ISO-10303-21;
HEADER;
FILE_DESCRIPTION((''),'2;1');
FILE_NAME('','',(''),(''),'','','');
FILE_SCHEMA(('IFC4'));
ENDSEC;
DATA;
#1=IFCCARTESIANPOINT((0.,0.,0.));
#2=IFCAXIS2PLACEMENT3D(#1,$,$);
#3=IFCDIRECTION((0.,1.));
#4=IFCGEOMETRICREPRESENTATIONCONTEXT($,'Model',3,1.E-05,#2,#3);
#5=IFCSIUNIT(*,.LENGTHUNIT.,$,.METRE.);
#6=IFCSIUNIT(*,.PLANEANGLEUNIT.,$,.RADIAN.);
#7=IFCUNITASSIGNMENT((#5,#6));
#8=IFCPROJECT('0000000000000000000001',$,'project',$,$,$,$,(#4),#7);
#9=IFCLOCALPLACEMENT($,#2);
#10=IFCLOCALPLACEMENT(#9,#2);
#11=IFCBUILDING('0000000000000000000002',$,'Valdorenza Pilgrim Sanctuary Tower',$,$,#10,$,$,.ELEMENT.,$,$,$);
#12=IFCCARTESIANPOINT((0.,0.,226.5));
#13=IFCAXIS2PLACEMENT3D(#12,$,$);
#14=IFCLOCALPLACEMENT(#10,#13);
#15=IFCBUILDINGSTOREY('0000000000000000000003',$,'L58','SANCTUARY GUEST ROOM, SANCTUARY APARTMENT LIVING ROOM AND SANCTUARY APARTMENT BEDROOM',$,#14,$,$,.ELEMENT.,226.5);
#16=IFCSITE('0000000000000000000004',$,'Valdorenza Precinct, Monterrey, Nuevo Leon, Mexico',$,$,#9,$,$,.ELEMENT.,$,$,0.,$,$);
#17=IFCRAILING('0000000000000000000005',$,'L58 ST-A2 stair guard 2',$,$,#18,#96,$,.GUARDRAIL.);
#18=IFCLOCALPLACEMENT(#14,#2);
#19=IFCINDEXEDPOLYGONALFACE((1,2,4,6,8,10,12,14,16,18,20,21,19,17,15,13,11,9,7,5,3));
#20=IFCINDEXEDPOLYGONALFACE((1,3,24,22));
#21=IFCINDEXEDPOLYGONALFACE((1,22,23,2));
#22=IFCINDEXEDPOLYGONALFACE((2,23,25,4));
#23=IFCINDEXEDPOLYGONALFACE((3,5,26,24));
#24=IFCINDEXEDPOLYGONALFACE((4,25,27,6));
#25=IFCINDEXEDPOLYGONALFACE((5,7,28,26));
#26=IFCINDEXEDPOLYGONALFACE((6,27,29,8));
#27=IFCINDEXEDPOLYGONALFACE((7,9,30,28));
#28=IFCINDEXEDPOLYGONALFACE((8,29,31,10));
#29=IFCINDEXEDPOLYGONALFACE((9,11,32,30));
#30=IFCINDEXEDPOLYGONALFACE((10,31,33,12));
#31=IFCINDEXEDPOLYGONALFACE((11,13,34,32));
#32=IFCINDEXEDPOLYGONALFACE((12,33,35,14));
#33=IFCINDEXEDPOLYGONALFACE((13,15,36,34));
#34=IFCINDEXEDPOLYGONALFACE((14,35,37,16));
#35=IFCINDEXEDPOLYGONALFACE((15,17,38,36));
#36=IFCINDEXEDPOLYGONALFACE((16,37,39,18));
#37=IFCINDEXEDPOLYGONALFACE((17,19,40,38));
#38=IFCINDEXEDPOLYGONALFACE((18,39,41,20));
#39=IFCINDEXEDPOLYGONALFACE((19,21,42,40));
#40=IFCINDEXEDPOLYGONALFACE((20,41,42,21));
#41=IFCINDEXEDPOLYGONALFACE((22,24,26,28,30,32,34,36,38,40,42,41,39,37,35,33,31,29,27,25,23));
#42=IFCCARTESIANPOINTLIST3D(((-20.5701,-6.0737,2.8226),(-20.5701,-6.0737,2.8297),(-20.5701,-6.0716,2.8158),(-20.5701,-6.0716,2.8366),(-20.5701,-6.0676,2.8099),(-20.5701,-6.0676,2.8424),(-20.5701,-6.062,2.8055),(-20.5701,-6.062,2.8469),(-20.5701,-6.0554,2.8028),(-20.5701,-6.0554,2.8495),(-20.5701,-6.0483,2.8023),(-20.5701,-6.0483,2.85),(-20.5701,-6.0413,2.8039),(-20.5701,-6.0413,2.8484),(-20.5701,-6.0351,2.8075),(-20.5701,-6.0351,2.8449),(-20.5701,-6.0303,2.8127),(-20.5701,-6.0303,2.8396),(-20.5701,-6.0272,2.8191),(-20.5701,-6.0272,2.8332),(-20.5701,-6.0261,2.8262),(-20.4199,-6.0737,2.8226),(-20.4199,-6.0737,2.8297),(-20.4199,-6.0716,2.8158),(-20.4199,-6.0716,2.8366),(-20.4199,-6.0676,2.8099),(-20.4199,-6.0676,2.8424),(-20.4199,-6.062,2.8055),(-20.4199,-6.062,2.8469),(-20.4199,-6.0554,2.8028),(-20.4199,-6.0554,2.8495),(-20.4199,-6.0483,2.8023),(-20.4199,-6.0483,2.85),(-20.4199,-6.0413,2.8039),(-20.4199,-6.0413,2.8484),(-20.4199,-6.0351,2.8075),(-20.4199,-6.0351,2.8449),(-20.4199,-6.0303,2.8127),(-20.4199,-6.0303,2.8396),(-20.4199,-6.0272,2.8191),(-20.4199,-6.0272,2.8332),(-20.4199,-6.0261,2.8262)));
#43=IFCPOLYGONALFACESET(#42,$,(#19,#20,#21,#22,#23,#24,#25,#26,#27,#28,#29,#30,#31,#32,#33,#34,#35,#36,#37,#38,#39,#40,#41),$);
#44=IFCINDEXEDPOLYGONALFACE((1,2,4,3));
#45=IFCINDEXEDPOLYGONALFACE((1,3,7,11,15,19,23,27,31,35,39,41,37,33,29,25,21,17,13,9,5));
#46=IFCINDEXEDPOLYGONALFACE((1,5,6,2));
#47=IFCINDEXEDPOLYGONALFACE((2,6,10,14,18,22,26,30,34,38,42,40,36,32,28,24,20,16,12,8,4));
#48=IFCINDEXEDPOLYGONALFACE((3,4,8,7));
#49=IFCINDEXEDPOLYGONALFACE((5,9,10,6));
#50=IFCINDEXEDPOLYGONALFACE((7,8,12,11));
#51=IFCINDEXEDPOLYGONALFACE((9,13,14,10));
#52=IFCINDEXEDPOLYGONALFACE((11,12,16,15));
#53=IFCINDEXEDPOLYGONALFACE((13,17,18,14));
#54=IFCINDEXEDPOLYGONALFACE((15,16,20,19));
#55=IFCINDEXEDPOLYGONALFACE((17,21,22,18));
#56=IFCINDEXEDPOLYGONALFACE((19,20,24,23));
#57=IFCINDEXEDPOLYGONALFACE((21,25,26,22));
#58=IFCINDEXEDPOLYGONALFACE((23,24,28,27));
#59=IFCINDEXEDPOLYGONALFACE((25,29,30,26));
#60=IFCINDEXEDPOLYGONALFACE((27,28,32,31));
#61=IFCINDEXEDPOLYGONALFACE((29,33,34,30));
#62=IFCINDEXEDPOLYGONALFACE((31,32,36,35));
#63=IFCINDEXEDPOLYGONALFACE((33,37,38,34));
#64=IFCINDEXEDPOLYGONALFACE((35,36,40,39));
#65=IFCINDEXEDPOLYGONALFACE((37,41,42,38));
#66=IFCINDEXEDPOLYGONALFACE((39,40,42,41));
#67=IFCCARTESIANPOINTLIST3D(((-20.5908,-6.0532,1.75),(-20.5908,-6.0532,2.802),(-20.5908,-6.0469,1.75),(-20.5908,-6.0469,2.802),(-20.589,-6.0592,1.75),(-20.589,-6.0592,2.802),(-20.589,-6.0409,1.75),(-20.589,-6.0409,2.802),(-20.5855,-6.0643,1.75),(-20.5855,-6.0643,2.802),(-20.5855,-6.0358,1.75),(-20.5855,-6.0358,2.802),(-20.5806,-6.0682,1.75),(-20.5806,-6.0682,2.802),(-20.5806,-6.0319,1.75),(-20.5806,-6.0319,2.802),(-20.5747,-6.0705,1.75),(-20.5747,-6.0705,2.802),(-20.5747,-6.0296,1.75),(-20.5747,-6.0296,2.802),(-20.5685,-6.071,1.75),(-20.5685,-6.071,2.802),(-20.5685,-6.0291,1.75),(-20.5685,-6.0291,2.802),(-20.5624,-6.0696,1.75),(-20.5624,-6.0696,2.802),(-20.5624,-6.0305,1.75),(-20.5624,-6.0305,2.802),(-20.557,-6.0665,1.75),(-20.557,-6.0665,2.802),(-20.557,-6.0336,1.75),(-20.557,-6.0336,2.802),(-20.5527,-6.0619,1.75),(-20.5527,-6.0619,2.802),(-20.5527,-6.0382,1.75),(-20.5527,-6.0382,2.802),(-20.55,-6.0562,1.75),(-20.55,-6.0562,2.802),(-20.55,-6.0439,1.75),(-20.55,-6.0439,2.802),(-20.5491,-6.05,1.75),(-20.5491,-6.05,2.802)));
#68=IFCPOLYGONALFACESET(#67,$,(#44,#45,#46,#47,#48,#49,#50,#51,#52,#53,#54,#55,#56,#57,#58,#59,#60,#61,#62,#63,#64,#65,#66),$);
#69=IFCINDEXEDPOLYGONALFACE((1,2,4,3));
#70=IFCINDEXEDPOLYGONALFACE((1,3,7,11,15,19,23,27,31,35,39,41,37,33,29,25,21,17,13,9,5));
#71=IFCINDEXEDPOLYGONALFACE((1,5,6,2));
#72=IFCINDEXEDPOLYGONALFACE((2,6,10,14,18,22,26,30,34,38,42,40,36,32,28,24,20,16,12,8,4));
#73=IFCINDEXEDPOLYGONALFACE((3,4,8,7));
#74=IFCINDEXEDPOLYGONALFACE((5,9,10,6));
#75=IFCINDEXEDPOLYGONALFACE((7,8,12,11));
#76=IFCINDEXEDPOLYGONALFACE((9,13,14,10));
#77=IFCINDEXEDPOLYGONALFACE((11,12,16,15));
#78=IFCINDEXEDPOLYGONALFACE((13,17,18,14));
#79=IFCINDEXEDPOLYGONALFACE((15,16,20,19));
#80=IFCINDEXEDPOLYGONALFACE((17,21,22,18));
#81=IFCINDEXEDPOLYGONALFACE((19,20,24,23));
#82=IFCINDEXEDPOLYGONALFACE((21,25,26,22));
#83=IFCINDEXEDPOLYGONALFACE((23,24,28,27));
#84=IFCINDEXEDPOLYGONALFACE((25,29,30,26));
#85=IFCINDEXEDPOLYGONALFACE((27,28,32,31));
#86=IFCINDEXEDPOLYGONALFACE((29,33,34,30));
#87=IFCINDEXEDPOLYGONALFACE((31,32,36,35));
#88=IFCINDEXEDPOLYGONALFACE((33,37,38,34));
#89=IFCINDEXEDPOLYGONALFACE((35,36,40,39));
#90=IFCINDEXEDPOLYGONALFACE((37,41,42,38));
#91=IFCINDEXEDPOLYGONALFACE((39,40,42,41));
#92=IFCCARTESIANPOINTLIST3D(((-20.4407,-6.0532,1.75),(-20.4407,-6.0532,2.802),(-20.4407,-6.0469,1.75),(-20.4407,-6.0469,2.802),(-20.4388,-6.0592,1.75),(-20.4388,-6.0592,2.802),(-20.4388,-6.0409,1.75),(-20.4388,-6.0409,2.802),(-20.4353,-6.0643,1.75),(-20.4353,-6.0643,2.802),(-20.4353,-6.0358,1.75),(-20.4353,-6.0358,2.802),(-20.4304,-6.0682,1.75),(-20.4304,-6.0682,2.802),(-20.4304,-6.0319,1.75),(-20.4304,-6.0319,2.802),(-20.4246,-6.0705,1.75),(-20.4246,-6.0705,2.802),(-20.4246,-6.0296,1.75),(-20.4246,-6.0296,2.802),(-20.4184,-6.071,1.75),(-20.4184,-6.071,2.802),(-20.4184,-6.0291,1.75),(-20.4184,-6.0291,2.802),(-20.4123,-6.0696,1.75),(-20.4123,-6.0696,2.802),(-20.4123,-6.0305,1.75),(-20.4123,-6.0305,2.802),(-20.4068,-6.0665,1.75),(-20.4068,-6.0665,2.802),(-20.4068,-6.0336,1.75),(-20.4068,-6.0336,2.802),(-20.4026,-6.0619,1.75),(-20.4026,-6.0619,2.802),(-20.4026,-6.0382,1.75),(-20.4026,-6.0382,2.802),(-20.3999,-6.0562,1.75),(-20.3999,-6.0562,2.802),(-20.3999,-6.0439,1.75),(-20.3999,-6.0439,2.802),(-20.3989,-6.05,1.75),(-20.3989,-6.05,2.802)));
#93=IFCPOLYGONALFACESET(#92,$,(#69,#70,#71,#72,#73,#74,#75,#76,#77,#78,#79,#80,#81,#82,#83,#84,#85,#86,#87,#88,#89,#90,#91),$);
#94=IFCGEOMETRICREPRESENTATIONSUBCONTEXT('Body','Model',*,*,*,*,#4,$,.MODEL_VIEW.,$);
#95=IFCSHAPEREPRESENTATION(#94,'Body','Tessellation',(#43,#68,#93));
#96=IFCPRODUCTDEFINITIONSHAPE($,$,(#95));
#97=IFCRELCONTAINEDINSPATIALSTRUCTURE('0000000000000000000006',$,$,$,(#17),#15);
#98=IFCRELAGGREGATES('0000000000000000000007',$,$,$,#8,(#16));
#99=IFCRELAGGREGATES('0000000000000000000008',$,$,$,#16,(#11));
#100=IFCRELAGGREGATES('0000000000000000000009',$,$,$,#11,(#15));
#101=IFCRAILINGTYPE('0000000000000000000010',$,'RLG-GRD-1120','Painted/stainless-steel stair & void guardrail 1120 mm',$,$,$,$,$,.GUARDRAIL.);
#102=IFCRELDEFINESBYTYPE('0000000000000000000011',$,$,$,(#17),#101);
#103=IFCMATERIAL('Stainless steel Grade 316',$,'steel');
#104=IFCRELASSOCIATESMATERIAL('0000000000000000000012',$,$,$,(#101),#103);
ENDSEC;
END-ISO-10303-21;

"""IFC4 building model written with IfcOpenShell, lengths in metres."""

from ifc_helpers import new_model, si_unit, direction, frame, origin, origin_2d, place, context, subcontext, project, spatial, circle, extrude, material, type_object, element, save


model = new_model("IFC4")

# Units and contexts
model_context = context("Model", 3, precision=1e-05, world=origin(), true_north=direction((0.0, 1.0)))
body_context = subcontext(model_context, "Body", "Model", "MODEL_VIEW")
ifc_project = project(units=[si_unit("LENGTHUNIT", "METRE"), si_unit("PLANEANGLEUNIT", "RADIAN")], contexts=[model_context])

# Site, building, storey
site_placement = place(None, origin())
site = spatial("IfcSite", under=ifc_project, at=site_placement, Name="Valdorenza Precinct, Monterrey, Nuevo Leon, Mexico", CompositionType="ELEMENT", RefElevation=0.0)
building_placement = place(site_placement, origin())
building = spatial("IfcBuilding", under=site, at=building_placement, Name="Valdorenza Pilgrim Sanctuary Tower", CompositionType="ELEMENT")
storey_placement = place(building_placement, frame((0.0, 0.0, 226.5)))
storey = spatial("IfcBuildingStorey", under=building, at=storey_placement, Name="L58", Description="SANCTUARY GUEST ROOM, SANCTUARY APARTMENT LIVING ROOM AND SANCTUARY APARTMENT BEDROOM", CompositionType="ELEMENT", Elevation=226.5)

# Railing
ifc_material_1 = material(Name="Stainless steel Grade 316", Category="steel")
railing_type_1 = type_object("IfcRailingType", Name="RLG-GRD-1120", Description="Painted/stainless-steel stair & void guardrail 1120 mm", PredefinedType="GUARDRAIL", material=ifc_material_1)
railing_1_placement = place(storey_placement, frame((-20.5701, -6.05, 1.75)))
element("IfcRailing", 1, at=railing_1_placement, inside=storey, type_object=railing_type_1, Name="L58 ST-A2 stair guard 2", PredefinedType="GUARDRAIL", context=body_context, shape_type="SweptSolid", body=[
    extrude(circle(Radius=0.0239, at=origin_2d()), frame((0.0, 0.0, 1.0762), z_axis=(1.0, 0.0, 0.0), x_axis=(0.0, 1.0, 0.0)), (0.0, 0.0, 1.0), 0.1501),
    extrude(circle(Radius=0.021, at=origin_2d()), origin(), (0.0, 0.0, 1.0), 1.052),
    extrude(circle(Radius=0.021, at=origin_2d()), frame((0.1501, 0.0, 0.0)), (0.0, 0.0, 1.0), 1.052),
])

save(model, "model.ifc")
